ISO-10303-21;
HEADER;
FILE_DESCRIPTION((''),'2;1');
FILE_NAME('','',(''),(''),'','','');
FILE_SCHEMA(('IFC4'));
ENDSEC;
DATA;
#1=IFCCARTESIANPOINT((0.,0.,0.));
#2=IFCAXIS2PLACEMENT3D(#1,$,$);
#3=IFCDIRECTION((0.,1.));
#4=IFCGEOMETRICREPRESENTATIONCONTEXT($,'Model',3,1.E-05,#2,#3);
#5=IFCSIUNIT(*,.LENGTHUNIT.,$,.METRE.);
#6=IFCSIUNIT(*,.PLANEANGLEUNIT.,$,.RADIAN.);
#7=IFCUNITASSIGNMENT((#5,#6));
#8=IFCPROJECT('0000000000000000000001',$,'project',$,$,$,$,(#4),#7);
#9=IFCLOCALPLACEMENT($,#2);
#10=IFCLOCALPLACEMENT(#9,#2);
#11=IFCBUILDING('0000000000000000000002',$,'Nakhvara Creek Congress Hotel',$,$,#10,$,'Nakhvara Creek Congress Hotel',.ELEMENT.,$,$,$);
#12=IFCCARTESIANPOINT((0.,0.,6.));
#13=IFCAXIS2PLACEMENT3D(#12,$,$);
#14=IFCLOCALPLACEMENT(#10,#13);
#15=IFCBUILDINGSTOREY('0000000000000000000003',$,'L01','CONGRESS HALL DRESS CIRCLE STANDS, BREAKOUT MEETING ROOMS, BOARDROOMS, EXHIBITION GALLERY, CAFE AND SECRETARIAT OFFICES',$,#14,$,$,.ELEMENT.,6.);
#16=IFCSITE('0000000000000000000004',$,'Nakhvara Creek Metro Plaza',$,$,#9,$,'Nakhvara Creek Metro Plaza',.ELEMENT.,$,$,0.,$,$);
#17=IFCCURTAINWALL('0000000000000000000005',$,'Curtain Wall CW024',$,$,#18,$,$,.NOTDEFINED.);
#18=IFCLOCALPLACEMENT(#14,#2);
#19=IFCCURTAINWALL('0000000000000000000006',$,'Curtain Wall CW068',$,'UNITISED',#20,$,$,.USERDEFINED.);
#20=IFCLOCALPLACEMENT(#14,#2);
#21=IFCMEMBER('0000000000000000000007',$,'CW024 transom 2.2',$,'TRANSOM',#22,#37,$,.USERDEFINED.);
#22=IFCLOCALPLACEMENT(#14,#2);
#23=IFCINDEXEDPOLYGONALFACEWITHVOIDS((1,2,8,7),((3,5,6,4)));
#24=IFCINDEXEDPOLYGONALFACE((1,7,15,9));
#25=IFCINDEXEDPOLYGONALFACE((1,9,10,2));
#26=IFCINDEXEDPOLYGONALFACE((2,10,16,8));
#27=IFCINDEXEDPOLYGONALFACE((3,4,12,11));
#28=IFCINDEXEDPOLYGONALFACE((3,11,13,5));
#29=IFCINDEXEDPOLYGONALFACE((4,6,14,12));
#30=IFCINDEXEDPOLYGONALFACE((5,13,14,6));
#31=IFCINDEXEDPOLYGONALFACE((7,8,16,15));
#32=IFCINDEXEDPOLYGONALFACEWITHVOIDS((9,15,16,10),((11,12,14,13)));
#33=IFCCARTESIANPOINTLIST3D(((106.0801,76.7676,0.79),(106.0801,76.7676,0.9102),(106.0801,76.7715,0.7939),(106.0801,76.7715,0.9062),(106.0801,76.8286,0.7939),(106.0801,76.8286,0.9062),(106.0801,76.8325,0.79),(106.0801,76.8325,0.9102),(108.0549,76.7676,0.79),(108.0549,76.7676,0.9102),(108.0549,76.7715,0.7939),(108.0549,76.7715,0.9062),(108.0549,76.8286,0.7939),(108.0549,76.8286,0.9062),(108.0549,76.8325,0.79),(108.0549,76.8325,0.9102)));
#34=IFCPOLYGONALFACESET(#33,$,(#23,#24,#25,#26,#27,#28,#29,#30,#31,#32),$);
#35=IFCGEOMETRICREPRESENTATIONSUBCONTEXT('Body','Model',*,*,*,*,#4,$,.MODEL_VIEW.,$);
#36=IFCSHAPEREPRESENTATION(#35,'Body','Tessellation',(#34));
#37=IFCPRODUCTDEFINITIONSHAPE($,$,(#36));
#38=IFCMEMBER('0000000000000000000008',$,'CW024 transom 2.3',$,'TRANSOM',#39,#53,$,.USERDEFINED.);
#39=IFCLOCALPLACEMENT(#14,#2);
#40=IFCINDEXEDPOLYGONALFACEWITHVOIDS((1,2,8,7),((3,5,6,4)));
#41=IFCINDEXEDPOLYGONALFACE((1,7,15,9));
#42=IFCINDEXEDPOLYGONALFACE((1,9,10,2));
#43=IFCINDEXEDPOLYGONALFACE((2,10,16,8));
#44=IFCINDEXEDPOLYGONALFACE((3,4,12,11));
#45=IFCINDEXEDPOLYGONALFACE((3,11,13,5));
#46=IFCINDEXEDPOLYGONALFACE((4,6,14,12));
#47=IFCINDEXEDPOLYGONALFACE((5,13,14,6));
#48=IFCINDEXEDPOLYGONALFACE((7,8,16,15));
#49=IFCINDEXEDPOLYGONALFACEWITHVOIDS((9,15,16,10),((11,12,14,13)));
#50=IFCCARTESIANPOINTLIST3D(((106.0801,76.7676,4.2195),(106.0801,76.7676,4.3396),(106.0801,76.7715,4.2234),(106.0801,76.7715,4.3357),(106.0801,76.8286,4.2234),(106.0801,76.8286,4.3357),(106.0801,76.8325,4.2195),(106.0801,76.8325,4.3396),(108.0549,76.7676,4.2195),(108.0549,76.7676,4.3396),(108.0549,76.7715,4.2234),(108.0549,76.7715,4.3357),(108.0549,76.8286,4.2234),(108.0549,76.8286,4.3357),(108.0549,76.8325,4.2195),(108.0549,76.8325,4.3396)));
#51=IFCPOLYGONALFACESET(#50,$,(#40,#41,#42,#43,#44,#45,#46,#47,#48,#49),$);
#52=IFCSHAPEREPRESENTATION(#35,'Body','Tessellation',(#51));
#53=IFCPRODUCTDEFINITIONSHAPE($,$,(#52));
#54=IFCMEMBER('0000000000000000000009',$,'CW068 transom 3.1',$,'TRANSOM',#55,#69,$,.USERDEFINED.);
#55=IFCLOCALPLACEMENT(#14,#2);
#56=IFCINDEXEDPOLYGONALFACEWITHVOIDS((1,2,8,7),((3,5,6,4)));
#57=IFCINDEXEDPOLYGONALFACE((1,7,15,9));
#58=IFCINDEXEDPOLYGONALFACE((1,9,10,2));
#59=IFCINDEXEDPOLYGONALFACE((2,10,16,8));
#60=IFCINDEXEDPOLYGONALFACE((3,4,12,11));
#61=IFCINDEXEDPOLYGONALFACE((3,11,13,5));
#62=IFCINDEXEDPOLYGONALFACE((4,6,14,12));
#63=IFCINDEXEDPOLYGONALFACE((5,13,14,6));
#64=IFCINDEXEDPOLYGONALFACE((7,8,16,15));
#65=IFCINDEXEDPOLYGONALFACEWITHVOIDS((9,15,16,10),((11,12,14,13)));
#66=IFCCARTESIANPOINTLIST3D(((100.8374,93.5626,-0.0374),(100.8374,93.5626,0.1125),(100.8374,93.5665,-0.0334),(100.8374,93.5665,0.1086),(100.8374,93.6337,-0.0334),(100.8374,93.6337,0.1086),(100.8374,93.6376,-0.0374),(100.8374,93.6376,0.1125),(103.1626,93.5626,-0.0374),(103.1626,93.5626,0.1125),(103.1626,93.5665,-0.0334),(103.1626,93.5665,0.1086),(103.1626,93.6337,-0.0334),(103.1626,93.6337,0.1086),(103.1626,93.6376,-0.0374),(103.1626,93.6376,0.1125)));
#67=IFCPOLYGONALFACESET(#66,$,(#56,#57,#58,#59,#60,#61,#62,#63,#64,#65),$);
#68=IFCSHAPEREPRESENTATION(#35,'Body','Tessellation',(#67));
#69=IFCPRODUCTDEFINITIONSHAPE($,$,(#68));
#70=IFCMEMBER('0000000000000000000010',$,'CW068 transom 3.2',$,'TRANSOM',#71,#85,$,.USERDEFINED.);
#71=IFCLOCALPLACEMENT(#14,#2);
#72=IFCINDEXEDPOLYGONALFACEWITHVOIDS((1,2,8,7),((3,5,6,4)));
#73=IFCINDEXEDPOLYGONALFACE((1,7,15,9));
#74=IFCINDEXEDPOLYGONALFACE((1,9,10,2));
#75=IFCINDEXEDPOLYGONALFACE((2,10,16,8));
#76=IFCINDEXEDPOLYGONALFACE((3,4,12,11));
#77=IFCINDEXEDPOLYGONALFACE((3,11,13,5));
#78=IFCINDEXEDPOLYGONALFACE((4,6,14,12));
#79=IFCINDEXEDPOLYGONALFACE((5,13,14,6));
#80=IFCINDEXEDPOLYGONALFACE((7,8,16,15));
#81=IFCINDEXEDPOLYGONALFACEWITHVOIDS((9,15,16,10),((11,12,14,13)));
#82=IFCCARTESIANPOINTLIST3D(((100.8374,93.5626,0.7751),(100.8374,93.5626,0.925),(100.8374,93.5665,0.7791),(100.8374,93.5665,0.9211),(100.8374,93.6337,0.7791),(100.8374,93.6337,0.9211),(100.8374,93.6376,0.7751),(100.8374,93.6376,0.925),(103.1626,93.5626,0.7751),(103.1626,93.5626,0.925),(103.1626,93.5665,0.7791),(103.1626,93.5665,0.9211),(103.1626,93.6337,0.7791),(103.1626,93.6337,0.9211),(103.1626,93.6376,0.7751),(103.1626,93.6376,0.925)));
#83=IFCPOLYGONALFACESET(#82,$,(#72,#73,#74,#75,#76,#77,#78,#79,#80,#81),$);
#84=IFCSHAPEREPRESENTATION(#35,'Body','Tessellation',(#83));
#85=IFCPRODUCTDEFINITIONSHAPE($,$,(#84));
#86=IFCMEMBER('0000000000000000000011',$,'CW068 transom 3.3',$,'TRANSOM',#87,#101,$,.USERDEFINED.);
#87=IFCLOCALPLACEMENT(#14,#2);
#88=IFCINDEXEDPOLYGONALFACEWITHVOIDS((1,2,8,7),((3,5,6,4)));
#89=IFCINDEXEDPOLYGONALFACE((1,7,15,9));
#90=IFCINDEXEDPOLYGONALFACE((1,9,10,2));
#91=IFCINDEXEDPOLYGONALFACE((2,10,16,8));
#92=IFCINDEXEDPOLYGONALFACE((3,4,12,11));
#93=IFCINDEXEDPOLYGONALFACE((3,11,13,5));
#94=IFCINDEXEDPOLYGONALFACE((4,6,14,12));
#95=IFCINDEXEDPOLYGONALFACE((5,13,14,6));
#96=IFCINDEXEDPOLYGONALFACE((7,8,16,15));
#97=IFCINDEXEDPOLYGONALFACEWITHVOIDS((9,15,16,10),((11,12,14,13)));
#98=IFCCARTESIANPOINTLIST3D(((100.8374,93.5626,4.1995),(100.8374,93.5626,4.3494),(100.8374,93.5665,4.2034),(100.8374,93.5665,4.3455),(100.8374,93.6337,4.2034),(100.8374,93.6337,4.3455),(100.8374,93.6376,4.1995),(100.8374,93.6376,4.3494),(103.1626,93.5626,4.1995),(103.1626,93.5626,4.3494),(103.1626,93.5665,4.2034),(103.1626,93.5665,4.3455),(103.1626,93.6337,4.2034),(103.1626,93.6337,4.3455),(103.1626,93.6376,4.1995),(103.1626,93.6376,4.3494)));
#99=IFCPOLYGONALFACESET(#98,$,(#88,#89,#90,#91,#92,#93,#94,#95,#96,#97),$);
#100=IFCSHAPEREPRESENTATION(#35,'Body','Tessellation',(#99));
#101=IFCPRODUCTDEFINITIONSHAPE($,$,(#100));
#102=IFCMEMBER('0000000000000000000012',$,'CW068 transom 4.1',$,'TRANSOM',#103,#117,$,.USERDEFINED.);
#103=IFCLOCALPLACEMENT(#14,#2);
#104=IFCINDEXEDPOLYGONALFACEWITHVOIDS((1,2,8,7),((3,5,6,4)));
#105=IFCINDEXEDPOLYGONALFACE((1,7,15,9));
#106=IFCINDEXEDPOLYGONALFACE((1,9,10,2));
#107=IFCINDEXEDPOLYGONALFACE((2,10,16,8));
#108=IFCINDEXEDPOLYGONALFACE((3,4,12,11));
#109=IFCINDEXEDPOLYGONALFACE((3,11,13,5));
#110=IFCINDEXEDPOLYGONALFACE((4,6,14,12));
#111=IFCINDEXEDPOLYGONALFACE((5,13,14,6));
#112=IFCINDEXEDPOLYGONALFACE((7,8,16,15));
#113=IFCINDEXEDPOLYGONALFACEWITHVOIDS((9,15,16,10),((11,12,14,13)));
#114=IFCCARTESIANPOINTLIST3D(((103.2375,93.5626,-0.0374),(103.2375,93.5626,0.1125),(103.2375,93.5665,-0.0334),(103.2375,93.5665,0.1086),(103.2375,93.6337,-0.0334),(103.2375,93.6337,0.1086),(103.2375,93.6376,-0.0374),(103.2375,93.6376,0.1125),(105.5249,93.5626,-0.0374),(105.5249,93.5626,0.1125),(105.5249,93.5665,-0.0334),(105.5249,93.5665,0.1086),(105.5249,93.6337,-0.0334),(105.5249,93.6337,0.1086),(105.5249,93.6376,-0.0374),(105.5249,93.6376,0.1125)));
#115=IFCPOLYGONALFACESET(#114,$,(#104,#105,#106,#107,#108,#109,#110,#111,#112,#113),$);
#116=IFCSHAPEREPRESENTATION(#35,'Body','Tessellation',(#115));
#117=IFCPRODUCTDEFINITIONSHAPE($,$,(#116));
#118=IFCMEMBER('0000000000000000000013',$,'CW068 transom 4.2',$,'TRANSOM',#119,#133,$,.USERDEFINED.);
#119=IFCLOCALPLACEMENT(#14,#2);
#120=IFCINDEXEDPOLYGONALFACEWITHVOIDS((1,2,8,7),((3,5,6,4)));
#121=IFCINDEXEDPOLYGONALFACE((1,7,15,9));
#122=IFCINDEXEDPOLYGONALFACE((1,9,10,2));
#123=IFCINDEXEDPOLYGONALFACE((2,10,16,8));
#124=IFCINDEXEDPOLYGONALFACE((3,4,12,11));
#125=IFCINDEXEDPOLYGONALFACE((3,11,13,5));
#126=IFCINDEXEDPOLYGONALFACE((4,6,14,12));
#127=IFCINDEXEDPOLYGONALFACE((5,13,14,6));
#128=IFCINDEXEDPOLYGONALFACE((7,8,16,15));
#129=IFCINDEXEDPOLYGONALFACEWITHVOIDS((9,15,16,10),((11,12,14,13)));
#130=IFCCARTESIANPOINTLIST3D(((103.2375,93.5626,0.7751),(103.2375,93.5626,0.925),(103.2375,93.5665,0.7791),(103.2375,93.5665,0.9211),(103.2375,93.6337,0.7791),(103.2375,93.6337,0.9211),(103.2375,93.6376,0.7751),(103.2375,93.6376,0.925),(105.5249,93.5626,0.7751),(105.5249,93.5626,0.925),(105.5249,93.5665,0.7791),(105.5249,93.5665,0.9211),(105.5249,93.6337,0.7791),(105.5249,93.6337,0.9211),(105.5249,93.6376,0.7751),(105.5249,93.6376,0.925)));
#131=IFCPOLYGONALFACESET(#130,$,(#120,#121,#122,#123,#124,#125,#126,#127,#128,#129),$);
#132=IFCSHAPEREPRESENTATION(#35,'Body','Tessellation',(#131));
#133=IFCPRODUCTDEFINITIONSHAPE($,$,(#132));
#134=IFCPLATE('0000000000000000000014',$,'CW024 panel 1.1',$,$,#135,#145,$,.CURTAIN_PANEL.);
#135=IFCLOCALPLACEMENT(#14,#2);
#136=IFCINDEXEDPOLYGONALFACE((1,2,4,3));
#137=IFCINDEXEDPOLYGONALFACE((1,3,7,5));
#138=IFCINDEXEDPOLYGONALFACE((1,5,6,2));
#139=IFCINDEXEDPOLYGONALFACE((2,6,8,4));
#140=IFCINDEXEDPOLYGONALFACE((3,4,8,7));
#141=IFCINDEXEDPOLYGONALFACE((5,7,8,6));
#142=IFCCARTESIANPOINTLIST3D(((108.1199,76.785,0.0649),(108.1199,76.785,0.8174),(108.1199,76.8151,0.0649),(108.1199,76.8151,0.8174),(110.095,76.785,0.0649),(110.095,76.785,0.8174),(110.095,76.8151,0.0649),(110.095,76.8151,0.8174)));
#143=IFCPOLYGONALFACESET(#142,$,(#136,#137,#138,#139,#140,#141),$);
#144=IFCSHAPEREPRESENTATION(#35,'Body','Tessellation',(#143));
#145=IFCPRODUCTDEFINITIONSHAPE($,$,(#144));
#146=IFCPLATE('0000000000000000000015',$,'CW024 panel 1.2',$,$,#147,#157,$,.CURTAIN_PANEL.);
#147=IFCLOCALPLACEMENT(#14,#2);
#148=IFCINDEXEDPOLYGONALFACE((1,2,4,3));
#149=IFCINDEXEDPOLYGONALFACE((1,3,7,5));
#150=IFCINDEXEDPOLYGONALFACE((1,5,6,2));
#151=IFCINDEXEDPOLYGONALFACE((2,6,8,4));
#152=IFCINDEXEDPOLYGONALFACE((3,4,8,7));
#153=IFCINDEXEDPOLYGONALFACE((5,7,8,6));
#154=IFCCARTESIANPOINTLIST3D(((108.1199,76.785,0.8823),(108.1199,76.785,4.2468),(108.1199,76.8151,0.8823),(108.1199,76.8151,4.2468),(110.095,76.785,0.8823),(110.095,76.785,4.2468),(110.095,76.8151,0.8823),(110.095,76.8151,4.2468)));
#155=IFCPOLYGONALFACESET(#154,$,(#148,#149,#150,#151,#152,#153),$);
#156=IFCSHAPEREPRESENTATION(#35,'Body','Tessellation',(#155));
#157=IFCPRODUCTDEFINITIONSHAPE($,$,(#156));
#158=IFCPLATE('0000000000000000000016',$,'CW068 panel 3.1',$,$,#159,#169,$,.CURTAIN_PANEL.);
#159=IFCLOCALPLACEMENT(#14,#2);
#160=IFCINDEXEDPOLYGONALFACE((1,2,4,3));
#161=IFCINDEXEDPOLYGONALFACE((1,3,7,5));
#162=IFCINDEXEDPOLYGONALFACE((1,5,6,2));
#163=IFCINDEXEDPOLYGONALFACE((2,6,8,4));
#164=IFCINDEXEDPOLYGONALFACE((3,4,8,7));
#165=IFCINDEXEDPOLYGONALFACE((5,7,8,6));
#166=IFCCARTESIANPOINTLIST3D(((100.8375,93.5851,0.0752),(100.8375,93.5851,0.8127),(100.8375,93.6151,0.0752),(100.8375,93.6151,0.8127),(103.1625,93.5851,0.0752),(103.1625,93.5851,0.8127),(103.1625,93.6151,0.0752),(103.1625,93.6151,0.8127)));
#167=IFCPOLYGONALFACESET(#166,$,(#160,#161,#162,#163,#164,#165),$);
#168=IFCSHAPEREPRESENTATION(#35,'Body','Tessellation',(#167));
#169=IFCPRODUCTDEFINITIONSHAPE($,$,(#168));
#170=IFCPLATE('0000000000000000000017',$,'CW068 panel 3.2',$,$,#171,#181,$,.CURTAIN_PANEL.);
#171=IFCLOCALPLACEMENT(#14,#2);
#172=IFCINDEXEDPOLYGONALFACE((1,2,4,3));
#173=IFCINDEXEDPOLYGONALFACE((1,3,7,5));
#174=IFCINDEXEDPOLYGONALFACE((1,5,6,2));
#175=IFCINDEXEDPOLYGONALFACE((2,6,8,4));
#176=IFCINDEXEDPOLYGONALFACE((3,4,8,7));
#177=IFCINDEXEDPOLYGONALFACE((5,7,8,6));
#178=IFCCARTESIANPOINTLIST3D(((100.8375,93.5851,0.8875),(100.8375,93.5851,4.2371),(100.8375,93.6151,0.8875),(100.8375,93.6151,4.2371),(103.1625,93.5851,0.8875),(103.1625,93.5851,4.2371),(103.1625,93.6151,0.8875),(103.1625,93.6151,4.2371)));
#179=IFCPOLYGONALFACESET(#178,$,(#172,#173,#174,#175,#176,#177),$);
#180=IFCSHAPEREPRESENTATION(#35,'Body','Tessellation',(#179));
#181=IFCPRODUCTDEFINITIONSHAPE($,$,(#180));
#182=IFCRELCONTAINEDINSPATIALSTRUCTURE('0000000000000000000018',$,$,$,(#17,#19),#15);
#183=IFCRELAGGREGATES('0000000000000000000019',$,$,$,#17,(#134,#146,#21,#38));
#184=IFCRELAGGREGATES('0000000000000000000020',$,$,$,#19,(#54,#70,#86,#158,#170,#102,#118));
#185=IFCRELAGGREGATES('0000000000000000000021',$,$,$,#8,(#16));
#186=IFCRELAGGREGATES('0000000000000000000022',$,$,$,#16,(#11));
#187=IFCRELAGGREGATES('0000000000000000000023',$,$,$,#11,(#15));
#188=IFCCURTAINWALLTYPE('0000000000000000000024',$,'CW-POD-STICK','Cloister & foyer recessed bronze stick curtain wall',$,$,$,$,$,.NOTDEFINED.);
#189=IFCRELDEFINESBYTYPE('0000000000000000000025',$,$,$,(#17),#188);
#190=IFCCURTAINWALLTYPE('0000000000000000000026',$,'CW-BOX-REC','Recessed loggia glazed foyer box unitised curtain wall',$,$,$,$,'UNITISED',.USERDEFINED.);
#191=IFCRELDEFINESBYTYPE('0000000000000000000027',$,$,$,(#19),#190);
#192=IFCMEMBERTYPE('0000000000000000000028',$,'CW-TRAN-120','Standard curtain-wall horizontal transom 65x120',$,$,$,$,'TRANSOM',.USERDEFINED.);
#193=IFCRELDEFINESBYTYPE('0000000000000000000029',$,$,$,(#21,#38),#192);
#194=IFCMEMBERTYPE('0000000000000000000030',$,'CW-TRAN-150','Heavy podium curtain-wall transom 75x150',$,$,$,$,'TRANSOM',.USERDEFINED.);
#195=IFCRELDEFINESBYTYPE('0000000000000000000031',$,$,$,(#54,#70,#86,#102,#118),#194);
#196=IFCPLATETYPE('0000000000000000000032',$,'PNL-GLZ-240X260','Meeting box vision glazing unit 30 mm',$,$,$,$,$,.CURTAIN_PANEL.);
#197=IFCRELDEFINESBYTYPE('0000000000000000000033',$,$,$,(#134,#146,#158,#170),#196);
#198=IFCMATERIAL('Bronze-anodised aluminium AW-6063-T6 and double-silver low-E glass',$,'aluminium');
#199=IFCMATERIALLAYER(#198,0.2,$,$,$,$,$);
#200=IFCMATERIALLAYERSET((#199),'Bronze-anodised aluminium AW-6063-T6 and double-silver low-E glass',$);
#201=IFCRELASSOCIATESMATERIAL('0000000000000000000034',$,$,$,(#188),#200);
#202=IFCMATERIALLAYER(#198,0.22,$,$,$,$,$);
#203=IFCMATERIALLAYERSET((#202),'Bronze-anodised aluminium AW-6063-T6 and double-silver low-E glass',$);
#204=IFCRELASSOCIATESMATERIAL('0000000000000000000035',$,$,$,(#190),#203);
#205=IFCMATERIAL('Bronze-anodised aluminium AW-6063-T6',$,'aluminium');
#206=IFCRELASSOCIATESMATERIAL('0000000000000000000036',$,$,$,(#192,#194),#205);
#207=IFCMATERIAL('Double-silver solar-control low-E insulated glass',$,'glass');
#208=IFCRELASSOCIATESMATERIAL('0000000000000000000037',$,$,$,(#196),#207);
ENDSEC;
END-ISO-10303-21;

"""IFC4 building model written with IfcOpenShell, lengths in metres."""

from ifc_helpers import new_model, si_unit, direction, frame, origin, origin_2d, place, context, subcontext, project, spatial, rectangle, hollow_rectangle, extrude, material, layer, layer_set, material_profile, profile_set, type_object, element, aggregate, save


model = new_model("IFC4")

# Units and contexts
model_context = context("Model", 3, precision=1e-05, world=origin(), true_north=direction((0.0, 1.0)))
body_context = subcontext(model_context, "Body", "Model", "MODEL_VIEW")
ifc_project = project(units=[si_unit("LENGTHUNIT", "METRE"), si_unit("PLANEANGLEUNIT", "RADIAN")], contexts=[model_context])

# Site, building, storey
site_placement = place(None, origin())
site = spatial("IfcSite", under=ifc_project, at=site_placement, Name="Nakhvara Creek Metro Plaza", LongName="Nakhvara Creek Metro Plaza", CompositionType="ELEMENT", RefElevation=0.0)
building_placement = place(site_placement, origin())
building = spatial("IfcBuilding", under=site, at=building_placement, Name="Nakhvara Creek Congress Hotel", LongName="Nakhvara Creek Congress Hotel", CompositionType="ELEMENT")
storey_placement = place(building_placement, frame((0.0, 0.0, 6.0)))
storey = spatial("IfcBuildingStorey", under=building, at=storey_placement, Name="L01", Description="CONGRESS HALL DRESS CIRCLE STANDS, BREAKOUT MEETING ROOMS, BOARDROOMS, EXHIBITION GALLERY, CAFE AND SECRETARIAT OFFICES", CompositionType="ELEMENT", Elevation=6.0)

# Curtain walls
ifc_material_1 = material(Name="Bronze-anodised aluminium AW-6063-T6 and double-silver low-E glass", Category="aluminium")
ifc_layer_1 = layer(ifc_material_1, 0.2)
ifc_layer_set_1 = layer_set([ifc_layer_1], Name="Bronze-anodised aluminium AW-6063-T6 and double-silver low-E glass")
curtain_wall_type_1 = type_object("IfcCurtainWallType", Name="CW-POD-STICK", Description="Cloister & foyer recessed bronze stick curtain wall", PredefinedType="NOTDEFINED", material=ifc_layer_set_1)
curtain_wall_1_placement = place(storey_placement, origin())
curtain_wall_1 = element("IfcCurtainWall", 1, at=curtain_wall_1_placement, inside=storey, type_object=curtain_wall_type_1, Name="Curtain Wall CW024", PredefinedType="NOTDEFINED")
ifc_material_2 = material(Name="Bronze-anodised aluminium AW-6063-T6", Category="aluminium")
ifc_layer_2 = layer(ifc_material_1, 0.22)
ifc_layer_set_2 = layer_set([ifc_layer_2], Name="Bronze-anodised aluminium AW-6063-T6 and double-silver low-E glass")
curtain_wall_type_2 = type_object("IfcCurtainWallType", Name="CW-BOX-REC", Description="Recessed loggia glazed foyer box unitised curtain wall", ElementType="UNITISED", PredefinedType="USERDEFINED", material=ifc_layer_set_2)
curtain_wall_2_placement = place(storey_placement, origin())
curtain_wall_2 = element("IfcCurtainWall", 2, at=curtain_wall_2_placement, inside=storey, type_object=curtain_wall_type_2, Name="Curtain Wall CW068", ObjectType="UNITISED", PredefinedType="USERDEFINED")

# Members
ifc_material_profile_1 = material_profile(ifc_material_2, hollow_rectangle(XDim=0.0649, YDim=0.1201, WallThickness=0.0039, at=origin_2d()), Name="ALU-TRAN 65x120x4", Category="LoadBearing")
ifc_profile_set_1 = profile_set([ifc_material_profile_1], Name="Bronze-anodised aluminium AW-6063-T6")
member_type_1 = type_object("IfcMemberType", Name="CW-TRAN-120", Description="Standard curtain-wall horizontal transom 65x120", ElementType="TRANSOM", PredefinedType="USERDEFINED", material=ifc_profile_set_1)
member_1_placement = place(storey_placement, frame((108.0549, 76.8, 0.8501), z_axis=(-1.0, 0.0, 0.0), x_axis=(0.0, -1.0, 0.0)))
member_1 = element("IfcMember", 3, at=member_1_placement, type_object=member_type_1, Name="CW024 transom 2.2", ObjectType="TRANSOM", PredefinedType="USERDEFINED", context=body_context, shape_type="SweptSolid", body=[
    extrude(hollow_rectangle(XDim=0.0649, YDim=0.1201, WallThickness=0.0039, at=origin_2d()), origin(), (0.0, 0.0, 1.0), 1.9749),
])
member_2_placement = place(storey_placement, frame((108.0549, 76.8, 4.2795), z_axis=(-1.0, 0.0, 0.0), x_axis=(0.0, -1.0, 0.0)))
member_2 = element("IfcMember", 4, at=member_2_placement, type_object=member_type_1, Name="CW024 transom 2.3", ObjectType="TRANSOM", PredefinedType="USERDEFINED", context=body_context, shape_type="SweptSolid", body=[
    extrude(hollow_rectangle(XDim=0.0649, YDim=0.1201, WallThickness=0.0039, at=origin_2d()), origin(), (0.0, 0.0, 1.0), 1.9749),
])
ifc_material_profile_2 = material_profile(ifc_material_2, hollow_rectangle(XDim=0.075, YDim=0.1499, WallThickness=0.0039, at=origin_2d()), Name="ALU-TRAN 75x150x4", Category="LoadBearing")
ifc_profile_set_2 = profile_set([ifc_material_profile_2], Name="Bronze-anodised aluminium AW-6063-T6")
member_type_2 = type_object("IfcMemberType", Name="CW-TRAN-150", Description="Heavy podium curtain-wall transom 75x150", ElementType="TRANSOM", PredefinedType="USERDEFINED", material=ifc_profile_set_2)
member_3_placement = place(storey_placement, frame((100.8374, 93.6001, 0.0376), z_axis=(1.0, 0.0, 0.0), x_axis=(0.0, 1.0, 0.0)))
member_3 = element("IfcMember", 5, at=member_3_placement, type_object=member_type_2, Name="CW068 transom 3.1", ObjectType="TRANSOM", PredefinedType="USERDEFINED", context=body_context, shape_type="SweptSolid", body=[
    extrude(hollow_rectangle(XDim=0.075, YDim=0.1499, WallThickness=0.0039, at=origin_2d()), origin(), (0.0, 0.0, 1.0), 2.3252),
])
member_4_placement = place(storey_placement, frame((100.8374, 93.6001, 0.8501), z_axis=(1.0, 0.0, 0.0), x_axis=(0.0, 1.0, 0.0)))
member_4 = element("IfcMember", 6, at=member_4_placement, type_object=member_type_2, Name="CW068 transom 3.2", ObjectType="TRANSOM", PredefinedType="USERDEFINED", context=body_context, shape_type="SweptSolid", body=[
    extrude(hollow_rectangle(XDim=0.075, YDim=0.1499, WallThickness=0.0039, at=origin_2d()), origin(), (0.0, 0.0, 1.0), 2.3252),
])
member_5_placement = place(storey_placement, frame((100.8374, 93.6001, 4.2744), z_axis=(1.0, 0.0, 0.0), x_axis=(0.0, 1.0, 0.0)))
member_5 = element("IfcMember", 7, at=member_5_placement, type_object=member_type_2, Name="CW068 transom 3.3", ObjectType="TRANSOM", PredefinedType="USERDEFINED", context=body_context, shape_type="SweptSolid", body=[
    extrude(hollow_rectangle(XDim=0.075, YDim=0.1499, WallThickness=0.0039, at=origin_2d()), origin(), (0.0, 0.0, 1.0), 2.3252),
])
member_6_placement = place(storey_placement, frame((103.2375, 93.6001, 0.0376), z_axis=(1.0, 0.0, 0.0), x_axis=(0.0, 1.0, 0.0)))
member_6 = element("IfcMember", 8, at=member_6_placement, type_object=member_type_2, Name="CW068 transom 4.1", ObjectType="TRANSOM", PredefinedType="USERDEFINED", context=body_context, shape_type="SweptSolid", body=[
    extrude(hollow_rectangle(XDim=0.075, YDim=0.1499, WallThickness=0.0039, at=origin_2d()), origin(), (0.0, 0.0, 1.0), 2.2874),
])
member_7_placement = place(storey_placement, frame((103.2375, 93.6001, 0.8501), z_axis=(1.0, 0.0, 0.0), x_axis=(0.0, 1.0, 0.0)))
member_7 = element("IfcMember", 9, at=member_7_placement, type_object=member_type_2, Name="CW068 transom 4.2", ObjectType="TRANSOM", PredefinedType="USERDEFINED", context=body_context, shape_type="SweptSolid", body=[
    extrude(hollow_rectangle(XDim=0.075, YDim=0.1499, WallThickness=0.0039, at=origin_2d()), origin(), (0.0, 0.0, 1.0), 2.2874),
])

# Plates
ifc_material_3 = material(Name="Double-silver solar-control low-E insulated glass", Category="glass")
plate_type = type_object("IfcPlateType", Name="PNL-GLZ-240X260", Description="Meeting box vision glazing unit 30 mm", PredefinedType="CURTAIN_PANEL", material=ifc_material_3)
plate_1_placement = place(storey_placement, frame((109.1074, 76.8, 0.0649), z_axis=(0.0, 0.0, 1.0), x_axis=(-1.0, 0.0, 0.0)))
plate_1 = element("IfcPlate", 10, at=plate_1_placement, type_object=plate_type, Name="CW024 panel 1.1", PredefinedType="CURTAIN_PANEL", context=body_context, shape_type="SweptSolid", body=[
    extrude(rectangle(XDim=1.9751, YDim=0.03, at=origin_2d()), origin(), (0.0, 0.0, 1.0), 0.7524),
])
plate_2_placement = place(storey_placement, frame((109.1074, 76.8, 0.8823), z_axis=(0.0, 0.0, 1.0), x_axis=(-1.0, 0.0, 0.0)))
plate_2 = element("IfcPlate", 11, at=plate_2_placement, type_object=plate_type, Name="CW024 panel 1.2", PredefinedType="CURTAIN_PANEL", context=body_context, shape_type="SweptSolid", body=[
    extrude(rectangle(XDim=1.9751, YDim=0.03, at=origin_2d()), origin(), (0.0, 0.0, 1.0), 3.3645),
])
aggregate(curtain_wall_1, [plate_1, plate_2, member_1, member_2])
plate_3_placement = place(storey_placement, frame((102.0, 93.6001, 0.0752), z_axis=(0.0, 0.0, 1.0), x_axis=(1.0, 0.0, 0.0)))
plate_3 = element("IfcPlate", 12, at=plate_3_placement, type_object=plate_type, Name="CW068 panel 3.1", PredefinedType="CURTAIN_PANEL", context=body_context, shape_type="SweptSolid", body=[
    extrude(rectangle(XDim=2.325, YDim=0.03, at=origin_2d()), origin(), (0.0, 0.0, 1.0), 0.7375),
])
plate_4_placement = place(storey_placement, frame((102.0, 93.6001, 0.8875), z_axis=(0.0, 0.0, 1.0), x_axis=(1.0, 0.0, 0.0)))
plate_4 = element("IfcPlate", 13, at=plate_4_placement, type_object=plate_type, Name="CW068 panel 3.2", PredefinedType="CURTAIN_PANEL", context=body_context, shape_type="SweptSolid", body=[
    extrude(rectangle(XDim=2.325, YDim=0.03, at=origin_2d()), origin(), (0.0, 0.0, 1.0), 3.3496),
])
aggregate(curtain_wall_2, [member_3, member_4, member_5, plate_3, plate_4, member_6, member_7])

save(model, "model.ifc")
